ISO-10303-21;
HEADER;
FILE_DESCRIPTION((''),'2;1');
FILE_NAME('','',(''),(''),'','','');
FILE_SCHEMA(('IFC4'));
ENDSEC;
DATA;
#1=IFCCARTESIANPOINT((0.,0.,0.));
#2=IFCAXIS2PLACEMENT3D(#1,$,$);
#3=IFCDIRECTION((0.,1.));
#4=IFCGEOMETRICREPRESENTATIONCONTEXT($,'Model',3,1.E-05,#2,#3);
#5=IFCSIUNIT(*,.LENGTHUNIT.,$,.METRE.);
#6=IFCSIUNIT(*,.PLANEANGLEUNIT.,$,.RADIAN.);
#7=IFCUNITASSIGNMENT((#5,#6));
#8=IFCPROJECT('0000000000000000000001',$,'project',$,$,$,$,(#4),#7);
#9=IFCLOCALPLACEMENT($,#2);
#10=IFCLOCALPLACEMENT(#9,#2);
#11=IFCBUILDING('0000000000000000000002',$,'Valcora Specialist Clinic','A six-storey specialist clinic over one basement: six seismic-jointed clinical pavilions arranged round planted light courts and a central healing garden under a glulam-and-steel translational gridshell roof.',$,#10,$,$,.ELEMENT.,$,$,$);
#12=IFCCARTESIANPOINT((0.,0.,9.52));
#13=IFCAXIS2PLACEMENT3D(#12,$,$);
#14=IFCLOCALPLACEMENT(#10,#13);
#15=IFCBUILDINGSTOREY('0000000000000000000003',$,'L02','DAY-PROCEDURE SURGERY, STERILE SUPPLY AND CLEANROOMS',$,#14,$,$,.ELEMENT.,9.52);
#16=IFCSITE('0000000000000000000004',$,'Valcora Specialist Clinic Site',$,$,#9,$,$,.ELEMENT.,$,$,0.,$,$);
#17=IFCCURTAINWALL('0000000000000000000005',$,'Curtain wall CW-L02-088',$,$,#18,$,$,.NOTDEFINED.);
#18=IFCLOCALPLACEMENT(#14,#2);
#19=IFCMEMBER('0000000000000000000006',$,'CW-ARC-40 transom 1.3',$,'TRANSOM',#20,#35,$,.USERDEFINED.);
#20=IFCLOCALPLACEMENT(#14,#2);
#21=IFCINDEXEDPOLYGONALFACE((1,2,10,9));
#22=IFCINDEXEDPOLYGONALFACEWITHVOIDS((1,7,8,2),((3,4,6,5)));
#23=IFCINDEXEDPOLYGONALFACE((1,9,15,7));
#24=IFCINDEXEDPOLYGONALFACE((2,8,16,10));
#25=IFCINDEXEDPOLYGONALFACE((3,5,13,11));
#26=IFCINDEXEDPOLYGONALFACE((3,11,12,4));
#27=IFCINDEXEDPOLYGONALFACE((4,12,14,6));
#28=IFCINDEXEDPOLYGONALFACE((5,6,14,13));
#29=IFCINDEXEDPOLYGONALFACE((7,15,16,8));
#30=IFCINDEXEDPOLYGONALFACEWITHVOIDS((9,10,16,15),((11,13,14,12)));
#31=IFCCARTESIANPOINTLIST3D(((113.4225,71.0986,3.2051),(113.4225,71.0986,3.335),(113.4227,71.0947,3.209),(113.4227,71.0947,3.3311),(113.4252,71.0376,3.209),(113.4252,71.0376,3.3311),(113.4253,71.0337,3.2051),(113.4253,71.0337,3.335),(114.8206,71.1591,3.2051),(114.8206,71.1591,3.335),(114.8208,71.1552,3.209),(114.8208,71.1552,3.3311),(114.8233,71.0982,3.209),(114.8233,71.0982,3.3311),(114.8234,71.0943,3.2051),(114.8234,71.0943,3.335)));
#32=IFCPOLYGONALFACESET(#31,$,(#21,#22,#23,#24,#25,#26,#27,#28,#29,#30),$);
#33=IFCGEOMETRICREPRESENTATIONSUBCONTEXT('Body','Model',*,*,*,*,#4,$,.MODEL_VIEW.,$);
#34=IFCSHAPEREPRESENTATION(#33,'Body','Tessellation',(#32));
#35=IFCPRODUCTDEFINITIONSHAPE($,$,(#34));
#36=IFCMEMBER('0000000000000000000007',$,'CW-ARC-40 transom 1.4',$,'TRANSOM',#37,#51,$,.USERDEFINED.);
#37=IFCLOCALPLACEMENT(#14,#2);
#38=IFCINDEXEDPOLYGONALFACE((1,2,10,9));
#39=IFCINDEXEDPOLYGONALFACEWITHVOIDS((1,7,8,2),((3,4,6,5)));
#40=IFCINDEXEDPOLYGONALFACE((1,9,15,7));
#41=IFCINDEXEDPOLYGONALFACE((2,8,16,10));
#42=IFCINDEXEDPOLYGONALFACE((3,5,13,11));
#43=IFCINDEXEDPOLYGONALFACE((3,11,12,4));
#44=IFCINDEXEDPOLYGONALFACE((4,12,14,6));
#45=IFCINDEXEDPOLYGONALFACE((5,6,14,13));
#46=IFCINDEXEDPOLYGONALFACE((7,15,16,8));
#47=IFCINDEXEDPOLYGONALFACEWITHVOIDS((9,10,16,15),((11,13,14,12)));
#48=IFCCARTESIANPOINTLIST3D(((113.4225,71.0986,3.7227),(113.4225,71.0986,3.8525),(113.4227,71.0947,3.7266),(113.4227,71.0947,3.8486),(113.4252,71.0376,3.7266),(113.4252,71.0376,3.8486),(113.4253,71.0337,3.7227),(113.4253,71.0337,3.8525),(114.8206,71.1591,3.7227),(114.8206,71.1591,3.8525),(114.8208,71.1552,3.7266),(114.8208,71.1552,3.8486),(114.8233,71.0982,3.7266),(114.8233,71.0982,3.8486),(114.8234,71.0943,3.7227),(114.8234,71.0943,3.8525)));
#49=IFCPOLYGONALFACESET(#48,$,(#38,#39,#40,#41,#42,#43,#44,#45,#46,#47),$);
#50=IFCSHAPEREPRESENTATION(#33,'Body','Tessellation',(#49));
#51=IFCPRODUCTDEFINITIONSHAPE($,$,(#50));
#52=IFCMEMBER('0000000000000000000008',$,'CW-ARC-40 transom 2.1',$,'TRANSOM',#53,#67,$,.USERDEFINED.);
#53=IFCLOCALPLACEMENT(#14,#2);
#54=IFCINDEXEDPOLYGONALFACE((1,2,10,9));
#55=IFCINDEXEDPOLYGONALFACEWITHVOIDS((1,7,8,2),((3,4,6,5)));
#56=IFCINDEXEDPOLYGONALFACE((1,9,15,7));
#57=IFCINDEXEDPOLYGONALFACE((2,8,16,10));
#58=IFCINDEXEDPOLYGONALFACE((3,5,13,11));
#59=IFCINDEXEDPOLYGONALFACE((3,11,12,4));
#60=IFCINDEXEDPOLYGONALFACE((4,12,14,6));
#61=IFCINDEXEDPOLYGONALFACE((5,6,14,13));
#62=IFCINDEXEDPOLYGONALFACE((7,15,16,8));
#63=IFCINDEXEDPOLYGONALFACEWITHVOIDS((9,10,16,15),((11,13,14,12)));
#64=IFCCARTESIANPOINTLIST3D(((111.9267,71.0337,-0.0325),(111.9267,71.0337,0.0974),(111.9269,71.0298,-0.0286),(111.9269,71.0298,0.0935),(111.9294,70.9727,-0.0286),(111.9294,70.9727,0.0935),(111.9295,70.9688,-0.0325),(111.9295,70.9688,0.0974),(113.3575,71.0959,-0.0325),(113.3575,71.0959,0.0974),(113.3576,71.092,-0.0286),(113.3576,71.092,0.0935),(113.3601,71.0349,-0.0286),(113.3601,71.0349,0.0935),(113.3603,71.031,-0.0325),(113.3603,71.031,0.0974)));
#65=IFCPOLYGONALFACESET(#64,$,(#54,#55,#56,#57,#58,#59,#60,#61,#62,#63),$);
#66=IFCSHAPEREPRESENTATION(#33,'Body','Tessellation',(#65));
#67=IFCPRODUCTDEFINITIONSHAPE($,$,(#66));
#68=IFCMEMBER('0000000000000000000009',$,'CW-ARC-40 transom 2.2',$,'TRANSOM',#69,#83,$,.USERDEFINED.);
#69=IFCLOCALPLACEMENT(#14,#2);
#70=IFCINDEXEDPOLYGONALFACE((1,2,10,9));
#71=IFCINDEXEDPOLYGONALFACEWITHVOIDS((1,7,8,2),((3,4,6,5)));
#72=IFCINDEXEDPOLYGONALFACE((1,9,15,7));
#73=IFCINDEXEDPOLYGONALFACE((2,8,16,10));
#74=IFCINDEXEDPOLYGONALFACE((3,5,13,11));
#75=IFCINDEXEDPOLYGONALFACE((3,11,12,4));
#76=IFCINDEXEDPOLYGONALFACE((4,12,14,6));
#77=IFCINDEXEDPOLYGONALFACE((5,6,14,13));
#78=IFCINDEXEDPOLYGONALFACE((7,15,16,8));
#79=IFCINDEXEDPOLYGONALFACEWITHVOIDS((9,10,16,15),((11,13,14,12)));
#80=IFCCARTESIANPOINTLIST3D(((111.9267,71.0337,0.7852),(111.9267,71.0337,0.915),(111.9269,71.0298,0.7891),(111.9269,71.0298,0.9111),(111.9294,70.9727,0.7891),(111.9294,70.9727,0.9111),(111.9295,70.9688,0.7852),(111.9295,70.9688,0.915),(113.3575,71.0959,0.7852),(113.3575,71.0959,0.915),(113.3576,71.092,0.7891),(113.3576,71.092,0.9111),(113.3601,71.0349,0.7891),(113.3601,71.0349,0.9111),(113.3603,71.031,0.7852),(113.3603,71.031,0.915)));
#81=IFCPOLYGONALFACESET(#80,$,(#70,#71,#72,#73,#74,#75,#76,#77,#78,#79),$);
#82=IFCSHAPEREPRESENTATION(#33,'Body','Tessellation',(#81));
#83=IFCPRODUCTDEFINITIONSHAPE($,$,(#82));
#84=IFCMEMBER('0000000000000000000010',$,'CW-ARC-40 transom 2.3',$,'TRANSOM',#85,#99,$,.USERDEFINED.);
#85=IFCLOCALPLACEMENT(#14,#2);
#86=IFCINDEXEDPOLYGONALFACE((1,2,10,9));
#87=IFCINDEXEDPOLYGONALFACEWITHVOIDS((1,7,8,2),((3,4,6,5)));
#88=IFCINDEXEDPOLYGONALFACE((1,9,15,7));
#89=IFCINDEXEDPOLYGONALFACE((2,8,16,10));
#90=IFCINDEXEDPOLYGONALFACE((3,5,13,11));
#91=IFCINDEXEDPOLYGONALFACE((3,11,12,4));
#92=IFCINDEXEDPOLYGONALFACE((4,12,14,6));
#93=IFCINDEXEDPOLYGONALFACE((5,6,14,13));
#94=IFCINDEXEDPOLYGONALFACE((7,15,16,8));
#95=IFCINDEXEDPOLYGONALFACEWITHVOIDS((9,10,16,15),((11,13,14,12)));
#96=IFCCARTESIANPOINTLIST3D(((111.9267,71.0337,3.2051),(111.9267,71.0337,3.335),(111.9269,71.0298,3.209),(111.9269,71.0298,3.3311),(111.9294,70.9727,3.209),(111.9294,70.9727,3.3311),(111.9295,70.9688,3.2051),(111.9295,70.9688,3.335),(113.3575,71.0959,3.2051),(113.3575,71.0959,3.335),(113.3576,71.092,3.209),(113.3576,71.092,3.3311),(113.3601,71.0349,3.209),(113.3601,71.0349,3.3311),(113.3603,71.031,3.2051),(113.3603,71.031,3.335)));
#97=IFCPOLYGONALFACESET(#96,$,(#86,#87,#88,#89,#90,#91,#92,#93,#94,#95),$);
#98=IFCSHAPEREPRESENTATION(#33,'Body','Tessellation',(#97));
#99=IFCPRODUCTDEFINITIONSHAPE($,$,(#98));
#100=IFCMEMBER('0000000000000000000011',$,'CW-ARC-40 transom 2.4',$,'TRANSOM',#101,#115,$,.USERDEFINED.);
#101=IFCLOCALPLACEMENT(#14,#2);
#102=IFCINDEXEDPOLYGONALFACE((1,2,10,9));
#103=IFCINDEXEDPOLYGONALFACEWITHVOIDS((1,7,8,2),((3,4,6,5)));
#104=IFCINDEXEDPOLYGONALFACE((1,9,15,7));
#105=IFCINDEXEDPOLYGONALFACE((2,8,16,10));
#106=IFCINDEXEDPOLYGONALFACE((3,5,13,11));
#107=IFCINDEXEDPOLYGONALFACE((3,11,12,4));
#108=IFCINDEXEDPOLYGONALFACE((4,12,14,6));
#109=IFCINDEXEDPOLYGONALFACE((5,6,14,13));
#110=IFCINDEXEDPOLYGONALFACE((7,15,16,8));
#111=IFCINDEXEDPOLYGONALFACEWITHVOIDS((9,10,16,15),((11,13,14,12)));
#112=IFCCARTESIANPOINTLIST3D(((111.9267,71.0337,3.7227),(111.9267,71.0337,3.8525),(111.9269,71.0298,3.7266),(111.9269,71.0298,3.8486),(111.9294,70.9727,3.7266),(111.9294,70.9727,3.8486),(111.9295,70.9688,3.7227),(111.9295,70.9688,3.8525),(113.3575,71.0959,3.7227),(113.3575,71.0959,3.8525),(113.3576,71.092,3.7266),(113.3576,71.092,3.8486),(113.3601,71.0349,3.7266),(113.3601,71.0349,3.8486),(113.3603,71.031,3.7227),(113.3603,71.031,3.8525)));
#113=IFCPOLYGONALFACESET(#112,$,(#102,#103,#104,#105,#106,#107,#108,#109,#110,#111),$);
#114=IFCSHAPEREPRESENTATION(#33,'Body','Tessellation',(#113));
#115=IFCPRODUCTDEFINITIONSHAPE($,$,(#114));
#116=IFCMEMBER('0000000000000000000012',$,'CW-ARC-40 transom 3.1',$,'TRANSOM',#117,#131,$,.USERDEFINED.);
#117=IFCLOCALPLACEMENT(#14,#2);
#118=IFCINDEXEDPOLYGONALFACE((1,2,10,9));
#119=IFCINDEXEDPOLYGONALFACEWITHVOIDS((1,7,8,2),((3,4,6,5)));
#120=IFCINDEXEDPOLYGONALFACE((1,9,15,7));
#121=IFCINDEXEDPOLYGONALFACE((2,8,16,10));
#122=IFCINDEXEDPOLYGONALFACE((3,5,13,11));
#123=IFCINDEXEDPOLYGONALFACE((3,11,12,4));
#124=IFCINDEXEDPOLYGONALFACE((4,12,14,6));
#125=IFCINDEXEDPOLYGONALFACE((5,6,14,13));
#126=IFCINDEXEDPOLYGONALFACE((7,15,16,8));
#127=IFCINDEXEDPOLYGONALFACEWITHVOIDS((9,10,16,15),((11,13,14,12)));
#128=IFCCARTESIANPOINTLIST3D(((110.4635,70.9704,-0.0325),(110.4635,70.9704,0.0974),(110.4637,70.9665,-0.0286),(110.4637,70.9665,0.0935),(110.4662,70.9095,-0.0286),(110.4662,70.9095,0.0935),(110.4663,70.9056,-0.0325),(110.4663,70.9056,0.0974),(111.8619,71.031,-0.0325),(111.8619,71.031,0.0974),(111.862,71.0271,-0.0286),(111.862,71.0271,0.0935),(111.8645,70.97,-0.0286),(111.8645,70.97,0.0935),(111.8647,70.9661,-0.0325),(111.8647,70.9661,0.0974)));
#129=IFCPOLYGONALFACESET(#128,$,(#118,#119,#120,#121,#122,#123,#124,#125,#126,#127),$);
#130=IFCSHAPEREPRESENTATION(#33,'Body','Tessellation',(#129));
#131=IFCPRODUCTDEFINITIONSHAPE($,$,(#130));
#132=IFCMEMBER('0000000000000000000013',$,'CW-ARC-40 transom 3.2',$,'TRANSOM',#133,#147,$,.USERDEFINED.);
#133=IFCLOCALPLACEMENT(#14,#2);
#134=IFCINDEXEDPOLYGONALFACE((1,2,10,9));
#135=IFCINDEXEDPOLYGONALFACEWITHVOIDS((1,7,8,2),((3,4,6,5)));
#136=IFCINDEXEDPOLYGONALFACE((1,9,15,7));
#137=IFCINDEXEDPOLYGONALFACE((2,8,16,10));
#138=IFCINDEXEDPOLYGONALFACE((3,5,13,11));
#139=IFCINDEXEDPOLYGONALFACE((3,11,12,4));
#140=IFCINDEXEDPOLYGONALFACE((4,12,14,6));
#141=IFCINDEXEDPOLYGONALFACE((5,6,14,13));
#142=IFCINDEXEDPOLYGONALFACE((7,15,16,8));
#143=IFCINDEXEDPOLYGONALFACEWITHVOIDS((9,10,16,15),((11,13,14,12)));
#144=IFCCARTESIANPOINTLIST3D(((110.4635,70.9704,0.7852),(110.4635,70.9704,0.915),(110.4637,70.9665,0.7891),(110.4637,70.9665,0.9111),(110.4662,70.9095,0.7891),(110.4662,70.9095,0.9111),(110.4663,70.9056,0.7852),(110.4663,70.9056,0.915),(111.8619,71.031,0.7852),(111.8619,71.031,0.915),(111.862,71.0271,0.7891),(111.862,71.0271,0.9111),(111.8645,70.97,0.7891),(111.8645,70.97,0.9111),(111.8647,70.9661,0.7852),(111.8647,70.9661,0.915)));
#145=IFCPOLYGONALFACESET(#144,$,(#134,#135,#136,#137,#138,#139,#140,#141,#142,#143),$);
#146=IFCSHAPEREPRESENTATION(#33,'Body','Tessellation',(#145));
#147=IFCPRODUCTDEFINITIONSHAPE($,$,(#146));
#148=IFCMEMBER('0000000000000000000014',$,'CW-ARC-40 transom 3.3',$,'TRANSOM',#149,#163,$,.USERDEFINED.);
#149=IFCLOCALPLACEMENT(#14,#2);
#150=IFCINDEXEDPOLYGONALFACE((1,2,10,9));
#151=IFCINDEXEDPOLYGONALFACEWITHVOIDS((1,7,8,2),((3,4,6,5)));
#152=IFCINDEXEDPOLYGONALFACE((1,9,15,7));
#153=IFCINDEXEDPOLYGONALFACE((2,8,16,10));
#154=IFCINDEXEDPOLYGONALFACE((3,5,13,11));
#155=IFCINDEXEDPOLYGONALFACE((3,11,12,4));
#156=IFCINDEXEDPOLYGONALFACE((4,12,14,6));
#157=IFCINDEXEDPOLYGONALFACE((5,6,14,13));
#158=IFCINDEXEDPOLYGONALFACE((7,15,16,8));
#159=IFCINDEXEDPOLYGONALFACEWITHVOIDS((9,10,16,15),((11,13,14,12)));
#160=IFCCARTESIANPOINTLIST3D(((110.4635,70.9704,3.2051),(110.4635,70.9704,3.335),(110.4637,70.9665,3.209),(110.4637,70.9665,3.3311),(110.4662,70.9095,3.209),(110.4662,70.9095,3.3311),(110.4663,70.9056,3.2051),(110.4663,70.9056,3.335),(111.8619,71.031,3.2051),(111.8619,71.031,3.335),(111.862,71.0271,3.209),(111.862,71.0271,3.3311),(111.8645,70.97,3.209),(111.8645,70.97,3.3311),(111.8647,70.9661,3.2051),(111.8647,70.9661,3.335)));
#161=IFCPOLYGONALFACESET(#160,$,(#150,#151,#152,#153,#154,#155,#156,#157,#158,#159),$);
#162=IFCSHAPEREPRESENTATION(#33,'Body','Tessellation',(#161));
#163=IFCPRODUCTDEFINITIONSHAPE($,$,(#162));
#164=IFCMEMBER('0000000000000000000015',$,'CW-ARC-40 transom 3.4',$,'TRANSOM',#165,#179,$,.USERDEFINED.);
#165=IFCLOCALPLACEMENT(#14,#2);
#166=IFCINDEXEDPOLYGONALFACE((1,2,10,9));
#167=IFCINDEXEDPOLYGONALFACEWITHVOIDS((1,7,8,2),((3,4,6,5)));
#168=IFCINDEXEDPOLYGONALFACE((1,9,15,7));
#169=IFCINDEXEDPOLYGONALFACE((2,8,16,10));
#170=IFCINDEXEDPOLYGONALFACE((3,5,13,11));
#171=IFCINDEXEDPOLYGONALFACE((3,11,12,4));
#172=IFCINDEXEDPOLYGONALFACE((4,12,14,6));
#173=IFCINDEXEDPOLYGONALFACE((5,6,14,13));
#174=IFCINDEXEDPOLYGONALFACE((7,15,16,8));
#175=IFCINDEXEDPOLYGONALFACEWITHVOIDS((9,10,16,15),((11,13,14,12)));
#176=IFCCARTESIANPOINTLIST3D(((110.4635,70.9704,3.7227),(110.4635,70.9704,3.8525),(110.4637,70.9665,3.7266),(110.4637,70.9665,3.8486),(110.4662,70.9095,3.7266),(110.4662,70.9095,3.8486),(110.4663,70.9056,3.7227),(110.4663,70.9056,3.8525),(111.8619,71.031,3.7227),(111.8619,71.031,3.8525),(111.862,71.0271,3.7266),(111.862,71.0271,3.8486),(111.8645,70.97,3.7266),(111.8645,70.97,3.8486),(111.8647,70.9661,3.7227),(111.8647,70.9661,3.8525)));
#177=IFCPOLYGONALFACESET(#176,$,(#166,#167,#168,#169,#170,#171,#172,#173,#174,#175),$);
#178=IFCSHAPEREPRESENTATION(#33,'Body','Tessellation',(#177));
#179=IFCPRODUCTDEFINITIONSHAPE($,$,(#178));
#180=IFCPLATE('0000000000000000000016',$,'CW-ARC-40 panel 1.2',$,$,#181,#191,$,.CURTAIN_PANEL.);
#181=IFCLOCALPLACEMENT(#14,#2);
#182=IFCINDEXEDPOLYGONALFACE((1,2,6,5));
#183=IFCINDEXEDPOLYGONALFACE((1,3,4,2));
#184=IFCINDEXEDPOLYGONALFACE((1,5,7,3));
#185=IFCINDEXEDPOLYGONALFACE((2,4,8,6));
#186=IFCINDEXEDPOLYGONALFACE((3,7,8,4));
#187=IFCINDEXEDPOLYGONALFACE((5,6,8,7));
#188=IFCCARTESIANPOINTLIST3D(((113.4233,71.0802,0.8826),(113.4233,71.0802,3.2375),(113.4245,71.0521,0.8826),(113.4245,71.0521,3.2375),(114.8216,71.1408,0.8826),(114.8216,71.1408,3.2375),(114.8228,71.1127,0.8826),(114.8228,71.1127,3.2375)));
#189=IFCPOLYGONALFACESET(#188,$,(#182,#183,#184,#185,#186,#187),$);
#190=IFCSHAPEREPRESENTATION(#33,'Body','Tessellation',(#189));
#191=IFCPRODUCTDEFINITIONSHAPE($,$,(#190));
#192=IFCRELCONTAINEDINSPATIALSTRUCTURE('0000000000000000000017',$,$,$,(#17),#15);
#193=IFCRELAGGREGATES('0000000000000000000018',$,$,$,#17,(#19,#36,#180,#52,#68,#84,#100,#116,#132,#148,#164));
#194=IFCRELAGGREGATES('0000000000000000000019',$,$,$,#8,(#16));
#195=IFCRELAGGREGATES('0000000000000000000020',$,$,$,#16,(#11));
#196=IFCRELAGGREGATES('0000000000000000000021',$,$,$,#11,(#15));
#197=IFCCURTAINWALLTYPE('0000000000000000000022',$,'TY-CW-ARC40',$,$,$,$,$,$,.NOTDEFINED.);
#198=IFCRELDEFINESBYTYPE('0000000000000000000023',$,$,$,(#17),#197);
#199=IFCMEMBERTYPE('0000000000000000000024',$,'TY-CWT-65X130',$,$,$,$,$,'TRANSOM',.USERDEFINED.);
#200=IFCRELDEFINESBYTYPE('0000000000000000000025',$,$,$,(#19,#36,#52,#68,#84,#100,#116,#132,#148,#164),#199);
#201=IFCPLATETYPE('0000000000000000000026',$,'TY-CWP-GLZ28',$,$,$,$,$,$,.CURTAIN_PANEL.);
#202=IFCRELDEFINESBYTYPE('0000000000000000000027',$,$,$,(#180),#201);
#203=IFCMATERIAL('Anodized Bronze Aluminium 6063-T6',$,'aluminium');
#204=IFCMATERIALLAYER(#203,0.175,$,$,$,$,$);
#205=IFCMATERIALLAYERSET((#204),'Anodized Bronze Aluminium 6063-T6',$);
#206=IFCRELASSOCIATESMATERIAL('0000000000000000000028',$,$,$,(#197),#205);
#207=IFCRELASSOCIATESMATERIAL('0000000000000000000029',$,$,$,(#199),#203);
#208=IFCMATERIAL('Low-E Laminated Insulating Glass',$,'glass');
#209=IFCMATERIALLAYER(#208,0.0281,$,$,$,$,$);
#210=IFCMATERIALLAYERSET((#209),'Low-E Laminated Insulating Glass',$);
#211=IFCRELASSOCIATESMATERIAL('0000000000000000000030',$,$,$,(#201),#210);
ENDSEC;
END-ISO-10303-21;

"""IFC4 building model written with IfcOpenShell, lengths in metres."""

from ifc_helpers import new_model, si_unit, direction, frame, origin, origin_2d, place, context, subcontext, project, spatial, rectangle, hollow_rectangle, extrude, material, layer, layer_set, material_profile, profile_set, type_object, element, aggregate, save


model = new_model("IFC4")

# Units and contexts
model_context = context("Model", 3, precision=1e-05, world=origin(), true_north=direction((0.0, 1.0)))
body_context = subcontext(model_context, "Body", "Model", "MODEL_VIEW")
ifc_project = project(units=[si_unit("LENGTHUNIT", "METRE"), si_unit("PLANEANGLEUNIT", "RADIAN")], contexts=[model_context])

# Site, building, storey
site_placement = place(None, origin())
site = spatial("IfcSite", under=ifc_project, at=site_placement, Name="Valcora Specialist Clinic Site", CompositionType="ELEMENT", RefElevation=0.0)
building_placement = place(site_placement, origin())
building = spatial("IfcBuilding", under=site, at=building_placement, Name="Valcora Specialist Clinic", Description="A six-storey specialist clinic over one basement: six seismic-jointed clinical pavilions arranged round planted light courts and a central healing garden under a glulam-and-steel translational gridshell roof.", CompositionType="ELEMENT")
storey_placement = place(building_placement, frame((0.0, 0.0, 9.52)))
storey = spatial("IfcBuildingStorey", under=building, at=storey_placement, Name="L02", Description="DAY-PROCEDURE SURGERY, STERILE SUPPLY AND CLEANROOMS", CompositionType="ELEMENT", Elevation=9.52)

# Curtain wall
ifc_material_1 = material(Name="Anodized Bronze Aluminium 6063-T6", Category="aluminium")
ifc_layer_1 = layer(ifc_material_1, 0.175)
ifc_layer_set_1 = layer_set([ifc_layer_1], Name="Anodized Bronze Aluminium 6063-T6")
curtain_wall_type = type_object("IfcCurtainWallType", Name="TY-CW-ARC40", PredefinedType="NOTDEFINED", material=ifc_layer_set_1)
curtain_wall_1_placement = place(storey_placement, origin())
curtain_wall_1 = element("IfcCurtainWall", 1, at=curtain_wall_1_placement, inside=storey, type_object=curtain_wall_type, Name="Curtain wall CW-L02-088", PredefinedType="NOTDEFINED")

# Members
ifc_material_profile_1 = material_profile(ifc_material_1, hollow_rectangle(XDim=0.0649, YDim=0.1299, WallThickness=0.0039, at=origin_2d()), Name="AL-TRN-65X130")
ifc_profile_set_1 = profile_set([ifc_material_profile_1], Name="Anodized Bronze Aluminium 6063-T6")
member_type_1 = type_object("IfcMemberType", Name="TY-CWT-65X130", ElementType="TRANSOM", PredefinedType="USERDEFINED", material=ifc_profile_set_1)
member_1_placement = place(storey_placement, frame((114.822, 71.1267, 3.27), z_axis=(-0.999064, -0.043263, 0.0), x_axis=(0.043263, -0.999064, 0.0)))
member_1 = element("IfcMember", 2, at=member_1_placement, type_object=member_type_1, Name="CW-ARC-40 transom 1.3", ObjectType="TRANSOM", PredefinedType="USERDEFINED", context=body_context, shape_type="SweptSolid", body=[
    extrude(hollow_rectangle(XDim=0.0649, YDim=0.1299, WallThickness=0.0039, at=origin_2d()), origin(), (0.0, 0.0, 1.0), 1.3994),
])
member_2_placement = place(storey_placement, frame((114.822, 71.1267, 3.7876), z_axis=(-0.999064, -0.043263, 0.0), x_axis=(0.043263, -0.999064, 0.0)))
member_2 = element("IfcMember", 3, at=member_2_placement, type_object=member_type_1, Name="CW-ARC-40 transom 1.4", ObjectType="TRANSOM", PredefinedType="USERDEFINED", context=body_context, shape_type="SweptSolid", body=[
    extrude(hollow_rectangle(XDim=0.0649, YDim=0.1299, WallThickness=0.0039, at=origin_2d()), origin(), (0.0, 0.0, 1.0), 1.3994),
])
member_3_placement = place(storey_placement, frame((113.3589, 71.0635, 0.0325), z_axis=(-0.999055, -0.043474, 0.0), x_axis=(0.043474, -0.999055, 0.0)))
member_3 = element("IfcMember", 4, at=member_3_placement, type_object=member_type_1, Name="CW-ARC-40 transom 2.1", ObjectType="TRANSOM", PredefinedType="USERDEFINED", context=body_context, shape_type="SweptSolid", body=[
    extrude(hollow_rectangle(XDim=0.0649, YDim=0.1299, WallThickness=0.0039, at=origin_2d()), origin(), (0.0, 0.0, 1.0), 1.4321),
])
member_4_placement = place(storey_placement, frame((113.3589, 71.0635, 0.8501), z_axis=(-0.999055, -0.043474, 0.0), x_axis=(0.043474, -0.999055, 0.0)))
member_4 = element("IfcMember", 5, at=member_4_placement, type_object=member_type_1, Name="CW-ARC-40 transom 2.2", ObjectType="TRANSOM", PredefinedType="USERDEFINED", context=body_context, shape_type="SweptSolid", body=[
    extrude(hollow_rectangle(XDim=0.0649, YDim=0.1299, WallThickness=0.0039, at=origin_2d()), origin(), (0.0, 0.0, 1.0), 1.4321),
])
member_5_placement = place(storey_placement, frame((113.3589, 71.0635, 3.27), z_axis=(-0.999055, -0.043474, 0.0), x_axis=(0.043474, -0.999055, 0.0)))
member_5 = element("IfcMember", 6, at=member_5_placement, type_object=member_type_1, Name="CW-ARC-40 transom 2.3", ObjectType="TRANSOM", PredefinedType="USERDEFINED", context=body_context, shape_type="SweptSolid", body=[
    extrude(hollow_rectangle(XDim=0.0649, YDim=0.1299, WallThickness=0.0039, at=origin_2d()), origin(), (0.0, 0.0, 1.0), 1.4321),
])
member_6_placement = place(storey_placement, frame((113.3589, 71.0635, 3.7876), z_axis=(-0.999055, -0.043474, 0.0), x_axis=(0.043474, -0.999055, 0.0)))
member_6 = element("IfcMember", 7, at=member_6_placement, type_object=member_type_1, Name="CW-ARC-40 transom 2.4", ObjectType="TRANSOM", PredefinedType="USERDEFINED", context=body_context, shape_type="SweptSolid", body=[
    extrude(hollow_rectangle(XDim=0.0649, YDim=0.1299, WallThickness=0.0039, at=origin_2d()), origin(), (0.0, 0.0, 1.0), 1.4321),
])
member_7_placement = place(storey_placement, frame((111.8633, 70.9985, 0.0325), z_axis=(-0.999064, -0.043256, 0.0), x_axis=(0.043256, -0.999064, 0.0)))
member_7 = element("IfcMember", 8, at=member_7_placement, type_object=member_type_1, Name="CW-ARC-40 transom 3.1", ObjectType="TRANSOM", PredefinedType="USERDEFINED", context=body_context, shape_type="SweptSolid", body=[
    extrude(hollow_rectangle(XDim=0.0649, YDim=0.1299, WallThickness=0.0039, at=origin_2d()), origin(), (0.0, 0.0, 1.0), 1.3997),
])
member_8_placement = place(storey_placement, frame((111.8633, 70.9985, 0.8501), z_axis=(-0.999064, -0.043256, 0.0), x_axis=(0.043256, -0.999064, 0.0)))
member_8 = element("IfcMember", 9, at=member_8_placement, type_object=member_type_1, Name="CW-ARC-40 transom 3.2", ObjectType="TRANSOM", PredefinedType="USERDEFINED", context=body_context, shape_type="SweptSolid", body=[
    extrude(hollow_rectangle(XDim=0.0649, YDim=0.1299, WallThickness=0.0039, at=origin_2d()), origin(), (0.0, 0.0, 1.0), 1.3997),
])
member_9_placement = place(storey_placement, frame((111.8633, 70.9985, 3.27), z_axis=(-0.999064, -0.043256, 0.0), x_axis=(0.043256, -0.999064, 0.0)))
member_9 = element("IfcMember", 10, at=member_9_placement, type_object=member_type_1, Name="CW-ARC-40 transom 3.3", ObjectType="TRANSOM", PredefinedType="USERDEFINED", context=body_context, shape_type="SweptSolid", body=[
    extrude(hollow_rectangle(XDim=0.0649, YDim=0.1299, WallThickness=0.0039, at=origin_2d()), origin(), (0.0, 0.0, 1.0), 1.3997),
])
member_10_placement = place(storey_placement, frame((111.8633, 70.9985, 3.7876), z_axis=(-0.999064, -0.043256, 0.0), x_axis=(0.043256, -0.999064, 0.0)))
member_10 = element("IfcMember", 11, at=member_10_placement, type_object=member_type_1, Name="CW-ARC-40 transom 3.4", ObjectType="TRANSOM", PredefinedType="USERDEFINED", context=body_context, shape_type="SweptSolid", body=[
    extrude(hollow_rectangle(XDim=0.0649, YDim=0.1299, WallThickness=0.0039, at=origin_2d()), origin(), (0.0, 0.0, 1.0), 1.3997),
])

# Plate
ifc_material_2 = material(Name="Low-E Laminated Insulating Glass", Category="glass")
ifc_layer_2 = layer(ifc_material_2, 0.0281)
ifc_layer_set_2 = layer_set([ifc_layer_2], Name="Low-E Laminated Insulating Glass")
plate_type_1 = type_object("IfcPlateType", Name="TY-CWP-GLZ28", PredefinedType="CURTAIN_PANEL", material=ifc_layer_set_2)
plate_1_placement = place(storey_placement, frame((114.123, 71.0964, 0.8826), z_axis=(0.0, 0.0, 1.0), x_axis=(-0.999062, -0.043307, 0.0)))
plate_1 = element("IfcPlate", 12, at=plate_1_placement, type_object=plate_type_1, Name="CW-ARC-40 panel 1.2", PredefinedType="CURTAIN_PANEL", context=body_context, shape_type="SweptSolid", body=[
    extrude(rectangle(XDim=1.3997, YDim=0.0281, at=origin_2d()), origin(), (0.0, 0.0, 1.0), 2.355),
])
aggregate(curtain_wall_1, [member_1, member_2, plate_1, member_3, member_4, member_5, member_6, member_7, member_8, member_9, member_10])

save(model, "model.ifc")
